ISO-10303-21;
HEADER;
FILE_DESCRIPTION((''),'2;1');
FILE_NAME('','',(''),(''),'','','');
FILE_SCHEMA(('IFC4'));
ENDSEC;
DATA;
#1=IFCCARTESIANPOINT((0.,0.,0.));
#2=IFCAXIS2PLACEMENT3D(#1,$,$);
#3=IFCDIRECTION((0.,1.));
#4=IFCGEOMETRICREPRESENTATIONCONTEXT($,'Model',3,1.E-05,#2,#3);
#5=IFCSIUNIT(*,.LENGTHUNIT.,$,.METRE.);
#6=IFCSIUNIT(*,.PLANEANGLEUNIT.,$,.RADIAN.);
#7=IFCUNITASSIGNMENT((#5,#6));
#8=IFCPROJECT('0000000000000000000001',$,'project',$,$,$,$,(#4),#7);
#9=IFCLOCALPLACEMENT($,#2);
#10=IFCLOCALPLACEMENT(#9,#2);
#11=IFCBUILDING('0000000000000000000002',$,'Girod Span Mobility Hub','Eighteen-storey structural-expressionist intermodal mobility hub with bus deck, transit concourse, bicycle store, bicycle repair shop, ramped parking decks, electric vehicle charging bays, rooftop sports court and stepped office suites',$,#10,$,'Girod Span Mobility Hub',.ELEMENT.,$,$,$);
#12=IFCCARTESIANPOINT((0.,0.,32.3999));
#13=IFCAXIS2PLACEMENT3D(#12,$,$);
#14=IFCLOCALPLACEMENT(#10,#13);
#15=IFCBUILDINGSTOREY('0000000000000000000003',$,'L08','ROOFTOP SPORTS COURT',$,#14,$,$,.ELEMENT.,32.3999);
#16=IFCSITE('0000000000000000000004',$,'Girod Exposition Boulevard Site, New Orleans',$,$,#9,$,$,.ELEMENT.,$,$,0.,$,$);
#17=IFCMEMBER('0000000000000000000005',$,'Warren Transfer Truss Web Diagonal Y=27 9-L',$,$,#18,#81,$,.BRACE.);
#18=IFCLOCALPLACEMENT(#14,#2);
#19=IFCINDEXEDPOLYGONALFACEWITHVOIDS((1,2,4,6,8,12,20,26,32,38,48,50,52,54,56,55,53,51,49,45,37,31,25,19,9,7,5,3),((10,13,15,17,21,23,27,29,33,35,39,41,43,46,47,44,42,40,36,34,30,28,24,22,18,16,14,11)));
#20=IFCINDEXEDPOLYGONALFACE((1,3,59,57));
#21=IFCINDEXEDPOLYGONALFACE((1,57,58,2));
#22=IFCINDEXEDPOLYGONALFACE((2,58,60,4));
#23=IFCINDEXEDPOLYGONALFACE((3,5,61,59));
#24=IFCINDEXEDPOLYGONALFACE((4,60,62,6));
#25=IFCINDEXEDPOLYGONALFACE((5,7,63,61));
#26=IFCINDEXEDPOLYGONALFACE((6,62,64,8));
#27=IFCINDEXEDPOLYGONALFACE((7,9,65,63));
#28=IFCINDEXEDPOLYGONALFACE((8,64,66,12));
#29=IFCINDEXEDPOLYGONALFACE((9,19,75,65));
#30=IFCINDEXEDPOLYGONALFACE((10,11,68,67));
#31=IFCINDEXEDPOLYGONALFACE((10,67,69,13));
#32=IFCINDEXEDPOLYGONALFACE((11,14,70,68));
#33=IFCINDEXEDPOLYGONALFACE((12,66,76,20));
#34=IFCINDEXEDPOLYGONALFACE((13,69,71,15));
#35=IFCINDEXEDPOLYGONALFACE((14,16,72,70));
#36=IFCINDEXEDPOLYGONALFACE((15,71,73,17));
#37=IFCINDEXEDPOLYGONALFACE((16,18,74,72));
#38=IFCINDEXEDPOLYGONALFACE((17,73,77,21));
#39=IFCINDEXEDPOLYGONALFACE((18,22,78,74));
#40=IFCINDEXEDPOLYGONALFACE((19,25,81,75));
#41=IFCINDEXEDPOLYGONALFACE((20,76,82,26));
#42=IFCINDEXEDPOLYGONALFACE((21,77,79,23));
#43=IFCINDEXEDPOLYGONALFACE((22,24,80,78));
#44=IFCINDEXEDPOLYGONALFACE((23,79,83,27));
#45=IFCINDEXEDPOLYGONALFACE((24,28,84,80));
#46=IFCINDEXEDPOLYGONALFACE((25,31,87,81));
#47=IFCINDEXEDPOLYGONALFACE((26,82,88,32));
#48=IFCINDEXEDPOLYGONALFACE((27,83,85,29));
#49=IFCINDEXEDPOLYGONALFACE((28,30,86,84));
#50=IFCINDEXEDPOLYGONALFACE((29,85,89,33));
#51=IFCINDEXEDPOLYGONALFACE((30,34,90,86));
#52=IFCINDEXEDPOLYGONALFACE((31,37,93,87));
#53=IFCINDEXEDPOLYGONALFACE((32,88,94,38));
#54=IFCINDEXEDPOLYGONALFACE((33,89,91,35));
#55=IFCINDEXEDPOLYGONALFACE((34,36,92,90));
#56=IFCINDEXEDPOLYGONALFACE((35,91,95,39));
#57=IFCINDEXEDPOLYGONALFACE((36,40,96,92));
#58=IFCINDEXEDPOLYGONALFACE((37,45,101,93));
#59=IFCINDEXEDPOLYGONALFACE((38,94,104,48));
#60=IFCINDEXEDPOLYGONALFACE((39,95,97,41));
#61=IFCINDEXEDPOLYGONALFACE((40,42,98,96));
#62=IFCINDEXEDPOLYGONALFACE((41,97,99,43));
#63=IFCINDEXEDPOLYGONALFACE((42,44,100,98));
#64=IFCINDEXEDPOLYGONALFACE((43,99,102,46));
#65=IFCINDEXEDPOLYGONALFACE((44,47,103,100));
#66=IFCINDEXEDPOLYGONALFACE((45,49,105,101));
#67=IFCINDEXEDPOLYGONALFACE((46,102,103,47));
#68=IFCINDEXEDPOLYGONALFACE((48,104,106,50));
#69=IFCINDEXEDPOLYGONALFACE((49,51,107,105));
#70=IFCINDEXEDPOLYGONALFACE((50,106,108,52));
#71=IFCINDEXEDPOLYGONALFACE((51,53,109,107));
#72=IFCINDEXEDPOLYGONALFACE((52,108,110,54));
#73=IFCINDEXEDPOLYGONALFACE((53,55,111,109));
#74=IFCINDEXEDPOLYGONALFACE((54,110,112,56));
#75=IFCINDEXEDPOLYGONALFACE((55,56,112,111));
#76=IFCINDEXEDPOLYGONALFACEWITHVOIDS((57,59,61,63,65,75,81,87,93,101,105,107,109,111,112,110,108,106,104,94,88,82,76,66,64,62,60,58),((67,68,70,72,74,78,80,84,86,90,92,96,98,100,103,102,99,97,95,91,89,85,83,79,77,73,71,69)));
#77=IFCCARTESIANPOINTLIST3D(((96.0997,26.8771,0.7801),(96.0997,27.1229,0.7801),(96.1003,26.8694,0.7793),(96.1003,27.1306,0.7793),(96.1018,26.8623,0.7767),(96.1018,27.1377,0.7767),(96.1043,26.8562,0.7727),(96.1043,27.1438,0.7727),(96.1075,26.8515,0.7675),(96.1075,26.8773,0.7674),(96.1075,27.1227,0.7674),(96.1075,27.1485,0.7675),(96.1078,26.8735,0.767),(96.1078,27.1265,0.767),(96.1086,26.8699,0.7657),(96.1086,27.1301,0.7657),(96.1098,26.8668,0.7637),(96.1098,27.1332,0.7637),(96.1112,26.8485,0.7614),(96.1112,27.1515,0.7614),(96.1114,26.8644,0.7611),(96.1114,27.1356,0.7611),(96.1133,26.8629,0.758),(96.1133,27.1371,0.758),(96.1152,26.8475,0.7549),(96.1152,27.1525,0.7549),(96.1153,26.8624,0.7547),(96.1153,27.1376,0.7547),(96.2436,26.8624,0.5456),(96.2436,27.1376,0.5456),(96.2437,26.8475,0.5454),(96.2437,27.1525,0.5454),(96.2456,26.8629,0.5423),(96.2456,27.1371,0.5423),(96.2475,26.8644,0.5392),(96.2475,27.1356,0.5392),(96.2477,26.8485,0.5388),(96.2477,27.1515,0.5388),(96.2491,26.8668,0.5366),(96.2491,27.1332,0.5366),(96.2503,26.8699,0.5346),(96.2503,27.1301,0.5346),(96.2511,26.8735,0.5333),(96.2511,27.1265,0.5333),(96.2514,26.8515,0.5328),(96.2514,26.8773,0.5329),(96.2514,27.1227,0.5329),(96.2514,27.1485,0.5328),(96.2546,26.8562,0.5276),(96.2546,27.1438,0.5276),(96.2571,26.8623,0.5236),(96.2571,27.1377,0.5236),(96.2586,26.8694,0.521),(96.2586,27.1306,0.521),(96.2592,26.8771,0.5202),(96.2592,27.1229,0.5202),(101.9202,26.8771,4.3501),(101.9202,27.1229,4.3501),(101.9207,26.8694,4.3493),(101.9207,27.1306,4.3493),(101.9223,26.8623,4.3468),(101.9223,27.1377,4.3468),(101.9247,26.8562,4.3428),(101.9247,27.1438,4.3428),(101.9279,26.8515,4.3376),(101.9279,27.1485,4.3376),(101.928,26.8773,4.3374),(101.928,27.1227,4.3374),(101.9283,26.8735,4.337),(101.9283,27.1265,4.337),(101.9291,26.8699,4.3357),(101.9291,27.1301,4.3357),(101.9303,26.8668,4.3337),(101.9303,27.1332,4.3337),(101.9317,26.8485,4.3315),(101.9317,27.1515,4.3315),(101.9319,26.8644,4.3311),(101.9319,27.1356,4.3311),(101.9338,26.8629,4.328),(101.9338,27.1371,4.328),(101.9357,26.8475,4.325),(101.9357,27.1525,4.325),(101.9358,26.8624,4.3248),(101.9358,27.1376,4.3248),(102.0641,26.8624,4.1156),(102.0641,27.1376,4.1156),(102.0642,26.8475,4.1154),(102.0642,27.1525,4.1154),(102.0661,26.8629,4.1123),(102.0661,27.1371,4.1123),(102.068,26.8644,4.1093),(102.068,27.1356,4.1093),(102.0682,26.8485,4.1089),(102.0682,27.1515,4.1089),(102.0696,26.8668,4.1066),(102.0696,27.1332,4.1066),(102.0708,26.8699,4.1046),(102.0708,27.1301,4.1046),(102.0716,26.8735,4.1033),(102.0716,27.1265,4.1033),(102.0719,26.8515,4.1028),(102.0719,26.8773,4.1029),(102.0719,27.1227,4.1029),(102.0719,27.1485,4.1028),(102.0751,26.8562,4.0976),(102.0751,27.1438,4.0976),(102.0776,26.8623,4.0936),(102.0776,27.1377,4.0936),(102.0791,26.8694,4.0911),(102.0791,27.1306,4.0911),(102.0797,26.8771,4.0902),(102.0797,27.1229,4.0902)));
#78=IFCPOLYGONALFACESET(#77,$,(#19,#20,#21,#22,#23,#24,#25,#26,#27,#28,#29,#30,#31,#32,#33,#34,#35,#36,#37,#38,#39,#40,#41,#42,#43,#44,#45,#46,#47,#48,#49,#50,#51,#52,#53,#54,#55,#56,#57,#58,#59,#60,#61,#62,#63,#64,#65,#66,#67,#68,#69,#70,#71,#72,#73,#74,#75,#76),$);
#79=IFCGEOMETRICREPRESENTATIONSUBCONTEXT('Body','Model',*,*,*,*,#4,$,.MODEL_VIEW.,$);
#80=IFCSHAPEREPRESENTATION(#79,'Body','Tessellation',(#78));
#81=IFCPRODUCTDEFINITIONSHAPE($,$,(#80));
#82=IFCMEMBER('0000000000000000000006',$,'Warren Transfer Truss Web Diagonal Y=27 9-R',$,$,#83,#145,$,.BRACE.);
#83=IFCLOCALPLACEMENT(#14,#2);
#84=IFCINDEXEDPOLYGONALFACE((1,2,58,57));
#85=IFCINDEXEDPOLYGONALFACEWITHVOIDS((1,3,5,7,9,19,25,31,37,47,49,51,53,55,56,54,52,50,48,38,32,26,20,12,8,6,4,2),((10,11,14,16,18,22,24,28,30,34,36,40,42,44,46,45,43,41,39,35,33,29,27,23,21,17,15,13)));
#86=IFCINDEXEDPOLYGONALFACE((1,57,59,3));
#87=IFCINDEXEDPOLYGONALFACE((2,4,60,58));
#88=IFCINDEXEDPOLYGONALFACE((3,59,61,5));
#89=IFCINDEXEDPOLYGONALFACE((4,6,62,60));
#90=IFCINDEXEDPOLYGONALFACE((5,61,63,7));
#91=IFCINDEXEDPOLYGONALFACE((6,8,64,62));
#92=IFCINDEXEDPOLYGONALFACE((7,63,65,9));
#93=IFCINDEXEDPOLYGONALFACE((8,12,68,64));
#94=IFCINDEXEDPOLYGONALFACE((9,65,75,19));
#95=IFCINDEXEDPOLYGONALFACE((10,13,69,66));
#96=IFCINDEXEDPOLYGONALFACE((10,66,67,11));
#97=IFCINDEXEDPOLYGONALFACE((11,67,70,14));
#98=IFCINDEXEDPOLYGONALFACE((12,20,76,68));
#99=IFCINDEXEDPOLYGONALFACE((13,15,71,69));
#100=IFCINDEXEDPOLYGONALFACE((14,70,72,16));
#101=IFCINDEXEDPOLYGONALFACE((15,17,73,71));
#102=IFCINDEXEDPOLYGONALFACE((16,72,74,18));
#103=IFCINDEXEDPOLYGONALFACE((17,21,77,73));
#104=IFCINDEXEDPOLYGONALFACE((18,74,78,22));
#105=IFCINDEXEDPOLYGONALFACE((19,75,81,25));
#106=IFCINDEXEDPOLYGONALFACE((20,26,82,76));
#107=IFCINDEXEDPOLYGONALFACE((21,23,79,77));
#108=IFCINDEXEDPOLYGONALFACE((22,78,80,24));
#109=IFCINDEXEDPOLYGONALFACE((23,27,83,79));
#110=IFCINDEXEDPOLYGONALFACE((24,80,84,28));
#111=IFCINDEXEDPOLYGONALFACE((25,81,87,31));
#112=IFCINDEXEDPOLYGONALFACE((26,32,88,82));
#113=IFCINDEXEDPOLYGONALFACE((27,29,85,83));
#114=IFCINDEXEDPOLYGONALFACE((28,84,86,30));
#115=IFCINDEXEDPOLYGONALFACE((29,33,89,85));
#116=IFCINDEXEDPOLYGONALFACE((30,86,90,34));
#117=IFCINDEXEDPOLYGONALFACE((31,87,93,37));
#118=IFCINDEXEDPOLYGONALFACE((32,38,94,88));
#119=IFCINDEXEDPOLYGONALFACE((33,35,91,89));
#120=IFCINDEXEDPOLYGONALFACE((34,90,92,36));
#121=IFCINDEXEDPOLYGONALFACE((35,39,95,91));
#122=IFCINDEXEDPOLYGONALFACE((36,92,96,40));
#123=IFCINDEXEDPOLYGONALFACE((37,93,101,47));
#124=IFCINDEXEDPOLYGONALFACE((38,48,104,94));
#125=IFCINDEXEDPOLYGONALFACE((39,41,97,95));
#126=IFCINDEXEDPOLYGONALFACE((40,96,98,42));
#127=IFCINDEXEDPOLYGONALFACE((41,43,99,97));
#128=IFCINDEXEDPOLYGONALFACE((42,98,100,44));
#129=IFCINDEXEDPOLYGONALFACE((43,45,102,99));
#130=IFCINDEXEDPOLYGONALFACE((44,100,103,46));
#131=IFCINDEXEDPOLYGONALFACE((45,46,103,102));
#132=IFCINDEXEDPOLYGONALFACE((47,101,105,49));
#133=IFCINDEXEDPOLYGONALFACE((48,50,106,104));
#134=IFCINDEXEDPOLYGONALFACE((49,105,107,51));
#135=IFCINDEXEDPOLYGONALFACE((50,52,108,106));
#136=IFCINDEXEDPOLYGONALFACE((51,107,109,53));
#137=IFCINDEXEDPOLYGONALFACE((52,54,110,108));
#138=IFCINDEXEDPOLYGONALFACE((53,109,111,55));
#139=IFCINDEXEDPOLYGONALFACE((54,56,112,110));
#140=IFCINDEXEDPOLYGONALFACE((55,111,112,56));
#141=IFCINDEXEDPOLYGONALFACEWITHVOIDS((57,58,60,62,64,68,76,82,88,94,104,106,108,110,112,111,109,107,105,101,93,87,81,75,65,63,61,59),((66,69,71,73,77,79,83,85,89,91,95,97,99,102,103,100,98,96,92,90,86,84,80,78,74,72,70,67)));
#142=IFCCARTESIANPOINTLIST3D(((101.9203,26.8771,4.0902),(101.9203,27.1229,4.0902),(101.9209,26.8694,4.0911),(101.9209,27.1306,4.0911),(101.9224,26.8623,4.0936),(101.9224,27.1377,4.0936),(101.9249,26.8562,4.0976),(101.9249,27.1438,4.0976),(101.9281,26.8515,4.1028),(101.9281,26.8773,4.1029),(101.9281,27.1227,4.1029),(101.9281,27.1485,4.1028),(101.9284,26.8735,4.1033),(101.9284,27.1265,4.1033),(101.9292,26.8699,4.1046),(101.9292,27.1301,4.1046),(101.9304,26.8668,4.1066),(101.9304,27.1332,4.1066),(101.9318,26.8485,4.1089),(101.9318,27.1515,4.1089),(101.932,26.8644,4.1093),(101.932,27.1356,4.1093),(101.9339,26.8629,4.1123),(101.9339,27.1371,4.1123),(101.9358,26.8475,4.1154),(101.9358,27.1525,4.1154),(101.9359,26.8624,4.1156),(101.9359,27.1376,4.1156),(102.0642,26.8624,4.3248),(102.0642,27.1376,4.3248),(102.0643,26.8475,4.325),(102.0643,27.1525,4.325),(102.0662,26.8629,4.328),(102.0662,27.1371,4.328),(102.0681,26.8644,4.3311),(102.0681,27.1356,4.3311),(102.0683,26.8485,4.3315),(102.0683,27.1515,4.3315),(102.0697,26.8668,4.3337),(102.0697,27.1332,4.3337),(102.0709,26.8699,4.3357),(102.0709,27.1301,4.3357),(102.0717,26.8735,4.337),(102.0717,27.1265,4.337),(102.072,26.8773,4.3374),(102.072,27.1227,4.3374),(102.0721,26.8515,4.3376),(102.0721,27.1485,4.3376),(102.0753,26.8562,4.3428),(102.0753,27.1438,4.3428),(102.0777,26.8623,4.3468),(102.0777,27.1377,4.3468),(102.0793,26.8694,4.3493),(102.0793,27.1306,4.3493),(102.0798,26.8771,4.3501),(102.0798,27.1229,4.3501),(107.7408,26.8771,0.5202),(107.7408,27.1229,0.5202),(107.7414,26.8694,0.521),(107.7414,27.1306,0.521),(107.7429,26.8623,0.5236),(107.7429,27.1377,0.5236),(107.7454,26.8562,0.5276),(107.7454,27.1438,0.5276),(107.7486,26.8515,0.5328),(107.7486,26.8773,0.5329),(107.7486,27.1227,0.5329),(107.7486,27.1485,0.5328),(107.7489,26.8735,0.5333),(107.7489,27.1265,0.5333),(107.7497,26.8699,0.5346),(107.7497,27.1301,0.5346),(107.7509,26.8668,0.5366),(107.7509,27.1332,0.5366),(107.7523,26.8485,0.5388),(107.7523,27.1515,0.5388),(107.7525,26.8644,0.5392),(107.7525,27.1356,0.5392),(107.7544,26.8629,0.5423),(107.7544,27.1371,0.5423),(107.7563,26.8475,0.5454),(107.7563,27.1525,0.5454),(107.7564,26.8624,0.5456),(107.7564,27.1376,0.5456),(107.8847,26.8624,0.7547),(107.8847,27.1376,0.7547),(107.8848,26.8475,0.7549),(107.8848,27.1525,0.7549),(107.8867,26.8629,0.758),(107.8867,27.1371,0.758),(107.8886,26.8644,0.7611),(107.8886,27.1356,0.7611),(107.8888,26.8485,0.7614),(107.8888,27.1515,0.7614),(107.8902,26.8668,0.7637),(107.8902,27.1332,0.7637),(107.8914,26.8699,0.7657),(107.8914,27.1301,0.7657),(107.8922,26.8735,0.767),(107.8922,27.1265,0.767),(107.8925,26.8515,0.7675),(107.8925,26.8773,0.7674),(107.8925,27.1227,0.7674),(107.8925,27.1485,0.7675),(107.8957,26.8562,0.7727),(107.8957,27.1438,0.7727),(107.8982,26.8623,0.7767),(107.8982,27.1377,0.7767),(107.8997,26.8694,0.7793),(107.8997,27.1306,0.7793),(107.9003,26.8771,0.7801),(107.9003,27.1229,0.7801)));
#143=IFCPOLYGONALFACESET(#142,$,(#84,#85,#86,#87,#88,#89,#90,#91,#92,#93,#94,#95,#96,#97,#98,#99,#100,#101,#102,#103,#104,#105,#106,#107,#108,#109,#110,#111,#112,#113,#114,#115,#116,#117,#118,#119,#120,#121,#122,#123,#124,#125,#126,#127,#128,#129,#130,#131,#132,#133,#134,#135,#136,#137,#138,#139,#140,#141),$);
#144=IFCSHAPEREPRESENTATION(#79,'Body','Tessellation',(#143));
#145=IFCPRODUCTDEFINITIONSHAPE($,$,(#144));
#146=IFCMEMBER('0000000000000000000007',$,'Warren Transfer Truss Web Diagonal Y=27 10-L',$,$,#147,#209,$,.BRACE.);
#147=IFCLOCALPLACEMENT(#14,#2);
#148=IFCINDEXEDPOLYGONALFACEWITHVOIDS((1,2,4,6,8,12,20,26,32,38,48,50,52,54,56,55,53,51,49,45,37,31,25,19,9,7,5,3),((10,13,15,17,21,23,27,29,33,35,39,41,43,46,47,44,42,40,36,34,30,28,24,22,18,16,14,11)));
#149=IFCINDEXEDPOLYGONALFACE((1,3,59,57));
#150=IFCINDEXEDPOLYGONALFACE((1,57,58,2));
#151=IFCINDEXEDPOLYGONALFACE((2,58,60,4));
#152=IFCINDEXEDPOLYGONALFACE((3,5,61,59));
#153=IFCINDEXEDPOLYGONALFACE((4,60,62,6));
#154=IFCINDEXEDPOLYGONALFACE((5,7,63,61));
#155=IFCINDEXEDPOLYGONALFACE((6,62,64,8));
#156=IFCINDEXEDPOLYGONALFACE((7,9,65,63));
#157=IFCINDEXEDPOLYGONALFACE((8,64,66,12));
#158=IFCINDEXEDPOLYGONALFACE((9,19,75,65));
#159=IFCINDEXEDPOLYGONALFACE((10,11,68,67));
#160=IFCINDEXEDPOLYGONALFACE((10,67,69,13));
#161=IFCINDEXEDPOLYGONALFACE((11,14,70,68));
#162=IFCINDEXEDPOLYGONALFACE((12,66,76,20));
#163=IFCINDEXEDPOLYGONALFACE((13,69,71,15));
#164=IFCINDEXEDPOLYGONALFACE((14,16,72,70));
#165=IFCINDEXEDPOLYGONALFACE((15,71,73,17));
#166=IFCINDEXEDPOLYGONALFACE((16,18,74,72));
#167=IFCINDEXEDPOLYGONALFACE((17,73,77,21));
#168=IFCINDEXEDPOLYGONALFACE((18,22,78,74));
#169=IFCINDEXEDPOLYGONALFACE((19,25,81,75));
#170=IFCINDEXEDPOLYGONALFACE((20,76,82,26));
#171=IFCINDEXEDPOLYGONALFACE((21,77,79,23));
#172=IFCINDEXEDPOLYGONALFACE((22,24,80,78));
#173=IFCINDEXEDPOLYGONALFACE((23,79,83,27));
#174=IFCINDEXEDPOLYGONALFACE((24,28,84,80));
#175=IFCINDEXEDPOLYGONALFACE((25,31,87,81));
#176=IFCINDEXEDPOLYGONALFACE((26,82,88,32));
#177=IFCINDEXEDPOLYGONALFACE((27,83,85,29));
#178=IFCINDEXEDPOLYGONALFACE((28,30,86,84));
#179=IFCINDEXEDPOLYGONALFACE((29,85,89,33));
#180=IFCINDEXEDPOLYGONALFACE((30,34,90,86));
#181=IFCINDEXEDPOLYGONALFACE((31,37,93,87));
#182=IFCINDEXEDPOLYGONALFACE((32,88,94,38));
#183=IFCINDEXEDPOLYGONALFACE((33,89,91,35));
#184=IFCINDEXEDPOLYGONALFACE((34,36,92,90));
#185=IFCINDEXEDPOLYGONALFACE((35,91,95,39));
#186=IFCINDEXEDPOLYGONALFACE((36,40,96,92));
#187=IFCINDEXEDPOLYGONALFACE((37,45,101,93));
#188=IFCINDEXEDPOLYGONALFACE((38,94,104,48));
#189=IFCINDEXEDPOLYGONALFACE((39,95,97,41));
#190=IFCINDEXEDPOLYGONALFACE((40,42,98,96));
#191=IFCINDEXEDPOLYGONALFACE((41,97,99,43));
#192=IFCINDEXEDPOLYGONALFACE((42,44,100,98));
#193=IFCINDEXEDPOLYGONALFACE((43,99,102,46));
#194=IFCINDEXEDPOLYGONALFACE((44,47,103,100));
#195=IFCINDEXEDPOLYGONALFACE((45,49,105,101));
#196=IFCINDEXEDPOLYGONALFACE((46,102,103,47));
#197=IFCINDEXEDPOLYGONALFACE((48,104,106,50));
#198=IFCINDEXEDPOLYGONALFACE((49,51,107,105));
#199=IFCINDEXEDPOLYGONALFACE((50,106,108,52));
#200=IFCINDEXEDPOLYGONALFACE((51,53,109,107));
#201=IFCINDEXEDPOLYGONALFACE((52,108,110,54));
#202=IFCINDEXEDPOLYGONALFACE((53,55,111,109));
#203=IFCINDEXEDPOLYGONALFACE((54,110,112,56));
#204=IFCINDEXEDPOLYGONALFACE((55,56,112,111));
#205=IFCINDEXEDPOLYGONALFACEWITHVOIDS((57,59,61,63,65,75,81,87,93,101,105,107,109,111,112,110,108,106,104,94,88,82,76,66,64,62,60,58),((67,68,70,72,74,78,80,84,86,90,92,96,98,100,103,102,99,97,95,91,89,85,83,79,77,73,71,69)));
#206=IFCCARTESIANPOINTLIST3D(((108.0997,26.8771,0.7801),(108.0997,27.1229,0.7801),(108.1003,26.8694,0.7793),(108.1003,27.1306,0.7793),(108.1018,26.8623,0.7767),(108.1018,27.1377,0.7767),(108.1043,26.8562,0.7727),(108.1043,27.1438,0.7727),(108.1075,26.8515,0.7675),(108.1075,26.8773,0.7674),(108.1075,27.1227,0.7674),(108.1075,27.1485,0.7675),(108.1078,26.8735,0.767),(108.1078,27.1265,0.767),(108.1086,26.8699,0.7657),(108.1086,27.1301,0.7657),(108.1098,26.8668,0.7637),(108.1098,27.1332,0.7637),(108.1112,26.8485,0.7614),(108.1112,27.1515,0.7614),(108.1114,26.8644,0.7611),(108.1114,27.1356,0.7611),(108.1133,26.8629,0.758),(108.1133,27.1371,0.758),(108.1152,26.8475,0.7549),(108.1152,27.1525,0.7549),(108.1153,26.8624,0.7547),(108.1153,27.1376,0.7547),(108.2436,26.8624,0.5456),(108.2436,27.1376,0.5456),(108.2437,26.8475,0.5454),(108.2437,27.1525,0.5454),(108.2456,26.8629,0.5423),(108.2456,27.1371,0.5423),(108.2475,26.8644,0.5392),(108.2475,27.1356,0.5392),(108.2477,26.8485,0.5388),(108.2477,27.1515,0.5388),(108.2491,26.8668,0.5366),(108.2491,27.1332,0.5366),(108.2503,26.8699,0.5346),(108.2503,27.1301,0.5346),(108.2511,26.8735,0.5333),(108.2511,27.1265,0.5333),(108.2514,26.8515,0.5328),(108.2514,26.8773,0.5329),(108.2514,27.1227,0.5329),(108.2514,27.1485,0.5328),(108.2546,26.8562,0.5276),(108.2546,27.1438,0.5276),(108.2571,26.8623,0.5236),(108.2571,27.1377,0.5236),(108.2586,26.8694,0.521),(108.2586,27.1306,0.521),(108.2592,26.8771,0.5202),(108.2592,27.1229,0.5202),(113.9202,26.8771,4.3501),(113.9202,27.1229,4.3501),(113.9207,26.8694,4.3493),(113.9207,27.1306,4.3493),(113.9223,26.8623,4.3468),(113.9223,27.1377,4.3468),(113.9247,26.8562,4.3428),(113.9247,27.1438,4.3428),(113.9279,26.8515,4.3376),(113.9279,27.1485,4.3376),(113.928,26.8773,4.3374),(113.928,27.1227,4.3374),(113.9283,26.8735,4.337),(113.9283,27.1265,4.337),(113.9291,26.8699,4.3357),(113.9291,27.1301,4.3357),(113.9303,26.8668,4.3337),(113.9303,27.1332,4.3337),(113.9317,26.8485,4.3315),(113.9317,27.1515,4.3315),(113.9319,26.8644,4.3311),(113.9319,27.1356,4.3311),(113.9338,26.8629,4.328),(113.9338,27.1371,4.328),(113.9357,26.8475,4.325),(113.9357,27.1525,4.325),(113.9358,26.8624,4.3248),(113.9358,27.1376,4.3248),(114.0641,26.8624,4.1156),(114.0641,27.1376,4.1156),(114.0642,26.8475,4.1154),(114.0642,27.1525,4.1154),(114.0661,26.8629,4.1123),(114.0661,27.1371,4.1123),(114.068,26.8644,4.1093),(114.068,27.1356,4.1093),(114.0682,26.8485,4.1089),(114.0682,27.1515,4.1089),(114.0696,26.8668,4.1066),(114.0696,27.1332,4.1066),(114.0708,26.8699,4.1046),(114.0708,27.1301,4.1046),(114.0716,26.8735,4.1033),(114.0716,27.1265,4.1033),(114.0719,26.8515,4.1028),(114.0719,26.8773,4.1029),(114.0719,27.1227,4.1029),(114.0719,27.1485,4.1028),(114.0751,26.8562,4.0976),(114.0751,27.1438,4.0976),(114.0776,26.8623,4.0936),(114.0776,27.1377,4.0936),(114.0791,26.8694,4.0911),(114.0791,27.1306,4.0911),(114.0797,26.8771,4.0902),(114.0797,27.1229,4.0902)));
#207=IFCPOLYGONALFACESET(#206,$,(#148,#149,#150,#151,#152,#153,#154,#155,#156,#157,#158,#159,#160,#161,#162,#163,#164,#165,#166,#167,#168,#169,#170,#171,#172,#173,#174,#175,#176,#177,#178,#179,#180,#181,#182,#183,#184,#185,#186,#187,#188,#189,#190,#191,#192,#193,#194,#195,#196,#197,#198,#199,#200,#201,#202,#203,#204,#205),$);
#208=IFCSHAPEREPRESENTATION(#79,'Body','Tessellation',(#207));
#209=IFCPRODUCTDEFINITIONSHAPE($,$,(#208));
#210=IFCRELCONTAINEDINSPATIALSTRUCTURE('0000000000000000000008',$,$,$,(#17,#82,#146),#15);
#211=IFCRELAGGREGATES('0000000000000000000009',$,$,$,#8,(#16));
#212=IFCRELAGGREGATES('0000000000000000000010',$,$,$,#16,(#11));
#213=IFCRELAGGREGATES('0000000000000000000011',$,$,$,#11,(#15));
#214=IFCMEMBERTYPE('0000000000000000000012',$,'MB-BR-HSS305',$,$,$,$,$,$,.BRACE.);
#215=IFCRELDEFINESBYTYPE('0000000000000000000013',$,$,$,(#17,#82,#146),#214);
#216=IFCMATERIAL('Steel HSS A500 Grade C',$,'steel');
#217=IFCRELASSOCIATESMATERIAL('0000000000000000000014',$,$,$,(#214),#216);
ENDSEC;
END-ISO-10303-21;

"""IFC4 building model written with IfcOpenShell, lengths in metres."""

from ifc_helpers import new_model, si_unit, direction, frame, origin, origin_2d, place, context, subcontext, project, spatial, hollow_rectangle, extrude, material, material_profile, profile_set, type_object, element, save


model = new_model("IFC4")

# Units and contexts
model_context = context("Model", 3, precision=1e-05, world=origin(), true_north=direction((0.0, 1.0)))
body_context = subcontext(model_context, "Body", "Model", "MODEL_VIEW")
ifc_project = project(units=[si_unit("LENGTHUNIT", "METRE"), si_unit("PLANEANGLEUNIT", "RADIAN")], contexts=[model_context])

# Site, building, storey
site_placement = place(None, origin())
site = spatial("IfcSite", under=ifc_project, at=site_placement, Name="Girod Exposition Boulevard Site, New Orleans", CompositionType="ELEMENT", RefElevation=0.0)
building_placement = place(site_placement, origin())
building = spatial("IfcBuilding", under=site, at=building_placement, Name="Girod Span Mobility Hub", Description="Eighteen-storey structural-expressionist intermodal mobility hub with bus deck, transit concourse, bicycle store, bicycle repair shop, ramped parking decks, electric vehicle charging bays, rooftop sports court and stepped office suites", LongName="Girod Span Mobility Hub", CompositionType="ELEMENT")
storey_placement = place(building_placement, frame((0.0, 0.0, 32.3999)))
storey = spatial("IfcBuildingStorey", under=building, at=storey_placement, Name="L08", Description="ROOFTOP SPORTS COURT", CompositionType="ELEMENT", Elevation=32.3999)

# Members
ifc_material_1 = material(Name="Steel HSS A500 Grade C", Category="steel")
ifc_material_profile_1 = material_profile(ifc_material_1, hollow_rectangle(XDim=0.3049, YDim=0.3049, WallThickness=0.0149, InnerFilletRadius=0.0149, OuterFilletRadius=0.0295, at=origin_2d()), Name="HSS305X305X16")
ifc_profile_set_1 = profile_set([ifc_material_profile_1], Name="Steel HSS A500 Grade C")
member_type_1 = type_object("IfcMemberType", Name="MB-BR-HSS305", PredefinedType="BRACE", material=ifc_profile_set_1)
for number, where, z_axis, x_axis, name in (
    (1, (96.1794, 27.0, 0.6501), (0.85243, 0.0, 0.522842), (0.0, 1.0, 0.0), "Warren Transfer Truss Web Diagonal Y=27 9-L"),
    (2, (107.8206, 27.0, 0.6501), (-0.85243, 0.0, 0.522842), (0.0, -1.0, 0.0), "Warren Transfer Truss Web Diagonal Y=27 9-R"),
    (3, (108.1794, 27.0, 0.6501), (0.85243, 0.0, 0.522842), (0.0, 1.0, 0.0), "Warren Transfer Truss Web Diagonal Y=27 10-L"),
):
    element("IfcMember", number, at=place(storey_placement, frame(where, z_axis=z_axis, x_axis=x_axis)), inside=storey, type_object=member_type_1, Name=name, PredefinedType="BRACE", context=body_context, shape_type="SweptSolid", body=[
        extrude(hollow_rectangle(XDim=0.3049, YDim=0.3049, WallThickness=0.0149, InnerFilletRadius=0.0149, OuterFilletRadius=0.0295, at=origin_2d()), origin(), (0.0, 0.0, 1.0), 6.8281),
    ])

save(model, "model.ifc")
